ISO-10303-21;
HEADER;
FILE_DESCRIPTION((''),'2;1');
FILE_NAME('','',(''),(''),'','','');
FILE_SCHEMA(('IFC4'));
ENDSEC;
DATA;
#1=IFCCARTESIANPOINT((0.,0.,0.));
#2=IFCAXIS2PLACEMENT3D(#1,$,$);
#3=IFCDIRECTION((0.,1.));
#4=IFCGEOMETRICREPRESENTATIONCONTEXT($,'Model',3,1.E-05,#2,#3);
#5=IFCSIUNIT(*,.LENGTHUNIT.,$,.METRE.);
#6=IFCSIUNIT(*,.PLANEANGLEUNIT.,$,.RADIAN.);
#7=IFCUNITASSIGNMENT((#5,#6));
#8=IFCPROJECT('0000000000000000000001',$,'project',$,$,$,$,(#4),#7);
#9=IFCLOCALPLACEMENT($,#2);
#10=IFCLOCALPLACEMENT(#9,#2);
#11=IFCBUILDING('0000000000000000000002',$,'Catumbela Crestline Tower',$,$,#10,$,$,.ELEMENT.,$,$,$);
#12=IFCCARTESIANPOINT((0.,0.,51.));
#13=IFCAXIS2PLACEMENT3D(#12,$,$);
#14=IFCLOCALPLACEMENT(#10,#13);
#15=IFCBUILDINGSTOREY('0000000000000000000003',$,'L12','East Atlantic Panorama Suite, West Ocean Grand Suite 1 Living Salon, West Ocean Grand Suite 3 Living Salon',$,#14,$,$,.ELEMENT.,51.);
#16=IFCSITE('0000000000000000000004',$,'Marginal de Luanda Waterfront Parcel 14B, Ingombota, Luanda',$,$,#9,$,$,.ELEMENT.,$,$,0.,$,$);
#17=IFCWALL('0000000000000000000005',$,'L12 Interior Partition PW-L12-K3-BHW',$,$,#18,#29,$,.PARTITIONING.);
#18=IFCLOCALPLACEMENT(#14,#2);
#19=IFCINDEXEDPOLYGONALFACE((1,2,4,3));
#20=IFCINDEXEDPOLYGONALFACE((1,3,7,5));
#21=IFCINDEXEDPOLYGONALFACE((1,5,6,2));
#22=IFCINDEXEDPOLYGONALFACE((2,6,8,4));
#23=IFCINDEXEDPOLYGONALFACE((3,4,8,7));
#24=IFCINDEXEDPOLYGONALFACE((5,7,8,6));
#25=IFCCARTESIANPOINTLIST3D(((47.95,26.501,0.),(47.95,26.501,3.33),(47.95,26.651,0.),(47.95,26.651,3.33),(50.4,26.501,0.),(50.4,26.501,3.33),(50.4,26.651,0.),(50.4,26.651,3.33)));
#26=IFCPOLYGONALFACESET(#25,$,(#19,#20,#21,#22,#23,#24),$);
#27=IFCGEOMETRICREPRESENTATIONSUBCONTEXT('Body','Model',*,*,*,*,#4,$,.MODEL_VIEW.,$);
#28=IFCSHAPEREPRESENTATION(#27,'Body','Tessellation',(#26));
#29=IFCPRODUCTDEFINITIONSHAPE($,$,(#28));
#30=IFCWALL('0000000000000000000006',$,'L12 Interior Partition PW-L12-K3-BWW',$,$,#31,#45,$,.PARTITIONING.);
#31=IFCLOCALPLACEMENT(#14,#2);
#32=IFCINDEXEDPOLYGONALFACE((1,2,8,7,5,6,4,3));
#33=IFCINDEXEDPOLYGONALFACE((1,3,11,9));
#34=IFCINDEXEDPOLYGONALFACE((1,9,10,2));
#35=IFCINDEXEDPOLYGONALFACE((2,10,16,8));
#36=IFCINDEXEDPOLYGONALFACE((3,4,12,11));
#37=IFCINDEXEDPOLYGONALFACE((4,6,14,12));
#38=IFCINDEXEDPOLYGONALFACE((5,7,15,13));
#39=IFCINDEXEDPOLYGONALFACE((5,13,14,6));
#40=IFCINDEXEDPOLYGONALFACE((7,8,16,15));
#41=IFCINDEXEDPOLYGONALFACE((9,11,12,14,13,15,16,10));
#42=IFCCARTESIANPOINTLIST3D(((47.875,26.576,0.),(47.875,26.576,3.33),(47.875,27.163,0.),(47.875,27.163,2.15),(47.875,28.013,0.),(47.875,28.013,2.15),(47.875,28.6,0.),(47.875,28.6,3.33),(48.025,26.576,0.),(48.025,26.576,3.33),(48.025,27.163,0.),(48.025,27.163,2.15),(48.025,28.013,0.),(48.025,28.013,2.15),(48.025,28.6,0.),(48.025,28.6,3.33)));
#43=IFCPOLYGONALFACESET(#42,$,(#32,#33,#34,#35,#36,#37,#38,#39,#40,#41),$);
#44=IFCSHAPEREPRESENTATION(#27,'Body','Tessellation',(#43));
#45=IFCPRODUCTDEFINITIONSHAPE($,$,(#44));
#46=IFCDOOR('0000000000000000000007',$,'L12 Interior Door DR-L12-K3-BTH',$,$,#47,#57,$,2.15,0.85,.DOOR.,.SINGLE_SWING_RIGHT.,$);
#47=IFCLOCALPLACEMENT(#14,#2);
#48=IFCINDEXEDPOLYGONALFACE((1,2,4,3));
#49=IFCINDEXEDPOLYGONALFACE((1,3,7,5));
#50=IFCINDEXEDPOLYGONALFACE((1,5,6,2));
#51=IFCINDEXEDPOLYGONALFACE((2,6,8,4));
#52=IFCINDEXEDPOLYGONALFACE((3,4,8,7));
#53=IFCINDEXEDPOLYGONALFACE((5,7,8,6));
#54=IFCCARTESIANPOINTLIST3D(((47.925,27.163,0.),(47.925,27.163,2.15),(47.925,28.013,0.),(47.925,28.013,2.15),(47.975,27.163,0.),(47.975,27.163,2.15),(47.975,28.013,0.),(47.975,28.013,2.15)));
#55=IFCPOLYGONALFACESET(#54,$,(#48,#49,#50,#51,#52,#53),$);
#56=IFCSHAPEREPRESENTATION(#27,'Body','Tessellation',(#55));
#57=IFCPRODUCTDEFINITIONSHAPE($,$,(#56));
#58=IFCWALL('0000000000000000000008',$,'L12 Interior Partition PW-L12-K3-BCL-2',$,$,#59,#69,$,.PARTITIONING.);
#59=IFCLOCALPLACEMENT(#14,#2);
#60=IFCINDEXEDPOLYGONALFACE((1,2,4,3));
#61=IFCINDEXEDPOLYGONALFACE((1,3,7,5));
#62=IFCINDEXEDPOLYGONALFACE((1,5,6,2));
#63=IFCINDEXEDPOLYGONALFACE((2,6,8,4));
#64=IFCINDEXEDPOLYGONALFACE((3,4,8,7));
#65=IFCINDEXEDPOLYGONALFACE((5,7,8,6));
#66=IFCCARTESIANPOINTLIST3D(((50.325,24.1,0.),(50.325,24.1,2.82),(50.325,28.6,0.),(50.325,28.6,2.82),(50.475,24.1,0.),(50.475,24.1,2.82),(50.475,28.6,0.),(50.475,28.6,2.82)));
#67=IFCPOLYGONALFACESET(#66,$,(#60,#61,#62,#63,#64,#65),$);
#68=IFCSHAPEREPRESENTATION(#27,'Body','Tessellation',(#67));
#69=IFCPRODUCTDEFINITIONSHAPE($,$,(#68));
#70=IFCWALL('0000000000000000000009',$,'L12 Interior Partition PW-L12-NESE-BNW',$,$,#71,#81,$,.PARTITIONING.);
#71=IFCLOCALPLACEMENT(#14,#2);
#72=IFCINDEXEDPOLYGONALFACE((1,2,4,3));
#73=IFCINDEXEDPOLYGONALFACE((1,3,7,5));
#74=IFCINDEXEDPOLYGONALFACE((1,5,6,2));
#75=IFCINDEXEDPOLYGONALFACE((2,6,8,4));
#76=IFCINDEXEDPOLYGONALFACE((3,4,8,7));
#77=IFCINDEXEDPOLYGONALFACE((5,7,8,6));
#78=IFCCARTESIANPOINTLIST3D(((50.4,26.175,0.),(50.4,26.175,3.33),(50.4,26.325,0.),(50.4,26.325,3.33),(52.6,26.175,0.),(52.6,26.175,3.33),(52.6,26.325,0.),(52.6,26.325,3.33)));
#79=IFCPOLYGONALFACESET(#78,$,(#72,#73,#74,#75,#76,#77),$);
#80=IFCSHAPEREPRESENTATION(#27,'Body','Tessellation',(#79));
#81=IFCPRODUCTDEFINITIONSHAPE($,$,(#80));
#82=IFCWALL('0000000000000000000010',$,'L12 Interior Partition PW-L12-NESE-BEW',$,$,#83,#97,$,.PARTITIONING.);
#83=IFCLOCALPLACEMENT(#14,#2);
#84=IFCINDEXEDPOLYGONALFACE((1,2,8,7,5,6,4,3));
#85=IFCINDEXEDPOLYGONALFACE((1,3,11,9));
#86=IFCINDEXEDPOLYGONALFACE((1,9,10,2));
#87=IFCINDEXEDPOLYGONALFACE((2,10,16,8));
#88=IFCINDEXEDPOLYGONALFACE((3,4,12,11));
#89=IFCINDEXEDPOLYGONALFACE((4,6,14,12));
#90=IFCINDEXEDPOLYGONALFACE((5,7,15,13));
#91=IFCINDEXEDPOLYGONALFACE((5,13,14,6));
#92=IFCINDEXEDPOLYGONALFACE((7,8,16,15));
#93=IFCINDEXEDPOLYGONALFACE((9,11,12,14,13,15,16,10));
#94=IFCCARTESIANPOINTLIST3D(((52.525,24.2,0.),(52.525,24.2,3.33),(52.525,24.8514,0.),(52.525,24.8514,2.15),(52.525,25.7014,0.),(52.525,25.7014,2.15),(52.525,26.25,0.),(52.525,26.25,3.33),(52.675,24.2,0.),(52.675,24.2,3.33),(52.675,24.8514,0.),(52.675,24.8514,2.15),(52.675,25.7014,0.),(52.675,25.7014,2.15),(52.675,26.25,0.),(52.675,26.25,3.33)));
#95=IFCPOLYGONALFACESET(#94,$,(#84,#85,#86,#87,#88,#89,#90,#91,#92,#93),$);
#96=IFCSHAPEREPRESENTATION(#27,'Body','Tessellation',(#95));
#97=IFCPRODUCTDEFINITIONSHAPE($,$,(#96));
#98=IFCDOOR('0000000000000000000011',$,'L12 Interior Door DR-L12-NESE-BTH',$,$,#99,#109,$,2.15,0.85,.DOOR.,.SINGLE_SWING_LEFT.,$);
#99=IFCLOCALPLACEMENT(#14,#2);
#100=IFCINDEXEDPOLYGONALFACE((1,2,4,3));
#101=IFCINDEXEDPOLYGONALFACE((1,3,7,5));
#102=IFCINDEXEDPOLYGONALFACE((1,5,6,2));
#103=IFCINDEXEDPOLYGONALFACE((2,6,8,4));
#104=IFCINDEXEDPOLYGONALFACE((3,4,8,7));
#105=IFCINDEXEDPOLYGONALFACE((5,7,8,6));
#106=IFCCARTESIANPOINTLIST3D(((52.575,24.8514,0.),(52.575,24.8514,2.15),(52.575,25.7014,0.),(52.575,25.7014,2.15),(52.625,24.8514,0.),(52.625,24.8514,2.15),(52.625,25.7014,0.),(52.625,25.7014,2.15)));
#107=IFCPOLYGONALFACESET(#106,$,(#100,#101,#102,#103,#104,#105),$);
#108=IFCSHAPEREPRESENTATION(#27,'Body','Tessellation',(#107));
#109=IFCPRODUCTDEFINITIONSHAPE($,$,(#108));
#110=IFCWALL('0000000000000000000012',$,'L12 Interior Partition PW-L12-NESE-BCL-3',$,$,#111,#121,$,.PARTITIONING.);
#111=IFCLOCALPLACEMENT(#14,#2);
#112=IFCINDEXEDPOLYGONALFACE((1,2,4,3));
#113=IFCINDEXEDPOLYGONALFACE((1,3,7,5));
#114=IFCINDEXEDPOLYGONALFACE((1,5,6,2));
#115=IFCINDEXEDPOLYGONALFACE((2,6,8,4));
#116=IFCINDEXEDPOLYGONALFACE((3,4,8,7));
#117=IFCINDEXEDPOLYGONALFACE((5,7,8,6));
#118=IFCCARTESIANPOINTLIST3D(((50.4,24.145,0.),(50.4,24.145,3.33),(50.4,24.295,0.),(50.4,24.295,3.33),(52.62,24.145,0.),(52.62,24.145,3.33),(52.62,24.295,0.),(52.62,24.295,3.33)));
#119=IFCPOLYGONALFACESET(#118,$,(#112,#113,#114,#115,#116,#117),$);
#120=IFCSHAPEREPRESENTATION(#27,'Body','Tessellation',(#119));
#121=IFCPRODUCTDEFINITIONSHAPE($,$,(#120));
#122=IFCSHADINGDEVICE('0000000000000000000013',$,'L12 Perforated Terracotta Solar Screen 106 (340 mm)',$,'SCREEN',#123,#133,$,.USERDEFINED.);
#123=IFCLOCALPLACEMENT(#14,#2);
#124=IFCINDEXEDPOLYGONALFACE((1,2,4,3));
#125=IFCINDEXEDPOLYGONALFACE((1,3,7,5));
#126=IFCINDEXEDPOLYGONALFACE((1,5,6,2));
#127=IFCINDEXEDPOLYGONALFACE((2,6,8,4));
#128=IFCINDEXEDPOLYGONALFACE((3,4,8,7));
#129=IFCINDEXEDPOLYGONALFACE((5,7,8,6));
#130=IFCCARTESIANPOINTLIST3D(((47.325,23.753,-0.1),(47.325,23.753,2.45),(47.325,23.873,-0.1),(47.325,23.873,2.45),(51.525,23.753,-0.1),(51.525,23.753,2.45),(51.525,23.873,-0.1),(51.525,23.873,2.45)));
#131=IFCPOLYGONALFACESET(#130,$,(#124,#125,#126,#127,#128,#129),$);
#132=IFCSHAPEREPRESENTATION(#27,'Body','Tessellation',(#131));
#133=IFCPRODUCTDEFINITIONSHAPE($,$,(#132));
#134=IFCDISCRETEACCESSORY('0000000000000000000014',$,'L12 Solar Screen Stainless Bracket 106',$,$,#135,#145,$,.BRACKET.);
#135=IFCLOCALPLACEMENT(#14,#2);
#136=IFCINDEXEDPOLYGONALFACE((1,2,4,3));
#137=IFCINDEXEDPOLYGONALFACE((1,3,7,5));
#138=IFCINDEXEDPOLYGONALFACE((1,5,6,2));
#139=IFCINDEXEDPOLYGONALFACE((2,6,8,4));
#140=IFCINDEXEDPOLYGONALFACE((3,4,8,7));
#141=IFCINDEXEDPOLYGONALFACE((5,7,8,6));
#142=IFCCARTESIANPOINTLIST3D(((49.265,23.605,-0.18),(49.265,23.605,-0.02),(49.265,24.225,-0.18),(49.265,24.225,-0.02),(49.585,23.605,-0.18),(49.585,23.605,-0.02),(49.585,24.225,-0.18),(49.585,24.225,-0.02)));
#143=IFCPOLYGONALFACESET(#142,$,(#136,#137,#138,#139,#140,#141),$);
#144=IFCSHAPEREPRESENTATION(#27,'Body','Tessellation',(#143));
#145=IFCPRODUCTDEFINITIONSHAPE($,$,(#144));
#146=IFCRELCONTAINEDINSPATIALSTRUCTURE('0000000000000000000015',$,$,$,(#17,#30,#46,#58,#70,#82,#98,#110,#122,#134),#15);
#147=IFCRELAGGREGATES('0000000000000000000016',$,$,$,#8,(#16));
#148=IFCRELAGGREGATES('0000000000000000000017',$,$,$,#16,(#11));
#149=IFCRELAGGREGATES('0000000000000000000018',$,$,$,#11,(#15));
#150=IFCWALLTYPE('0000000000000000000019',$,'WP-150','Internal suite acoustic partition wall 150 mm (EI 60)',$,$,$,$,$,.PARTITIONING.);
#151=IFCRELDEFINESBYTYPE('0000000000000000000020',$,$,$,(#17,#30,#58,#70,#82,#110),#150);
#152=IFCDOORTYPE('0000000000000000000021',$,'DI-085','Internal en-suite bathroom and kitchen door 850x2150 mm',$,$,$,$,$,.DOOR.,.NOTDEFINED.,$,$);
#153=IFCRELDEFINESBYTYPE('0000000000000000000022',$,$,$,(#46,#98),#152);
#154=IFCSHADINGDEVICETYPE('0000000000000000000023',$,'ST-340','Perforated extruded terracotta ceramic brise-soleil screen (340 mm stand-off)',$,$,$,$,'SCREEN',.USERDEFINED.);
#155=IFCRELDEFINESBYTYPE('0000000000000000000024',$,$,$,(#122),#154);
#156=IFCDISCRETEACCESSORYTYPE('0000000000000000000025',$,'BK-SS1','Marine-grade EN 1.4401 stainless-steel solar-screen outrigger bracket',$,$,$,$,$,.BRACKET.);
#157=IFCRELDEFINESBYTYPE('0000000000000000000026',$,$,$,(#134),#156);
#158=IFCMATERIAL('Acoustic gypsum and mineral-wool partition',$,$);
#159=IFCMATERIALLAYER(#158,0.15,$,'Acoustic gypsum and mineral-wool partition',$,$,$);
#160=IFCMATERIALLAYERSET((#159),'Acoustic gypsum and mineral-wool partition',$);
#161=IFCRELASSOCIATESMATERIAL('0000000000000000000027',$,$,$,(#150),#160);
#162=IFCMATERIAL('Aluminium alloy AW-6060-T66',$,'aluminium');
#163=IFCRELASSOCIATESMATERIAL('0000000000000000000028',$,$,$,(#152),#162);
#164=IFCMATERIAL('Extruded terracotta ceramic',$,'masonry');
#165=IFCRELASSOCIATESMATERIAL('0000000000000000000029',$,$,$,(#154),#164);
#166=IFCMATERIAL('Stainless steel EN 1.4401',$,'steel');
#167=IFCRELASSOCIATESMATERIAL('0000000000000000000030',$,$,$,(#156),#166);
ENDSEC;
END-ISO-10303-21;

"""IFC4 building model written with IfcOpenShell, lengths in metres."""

from ifc_helpers import new_model, si_unit, direction, frame, frame_2d, origin, origin_2d, place, context, subcontext, project, spatial, rectangle, extrude, material, layer, layer_set, type_object, element, fill, save


model = new_model("IFC4")

# Units and contexts
model_context = context("Model", 3, precision=1e-05, world=origin(), true_north=direction((0.0, 1.0)))
body_context = subcontext(model_context, "Body", "Model", "MODEL_VIEW")
ifc_project = project(units=[si_unit("LENGTHUNIT", "METRE"), si_unit("PLANEANGLEUNIT", "RADIAN")], contexts=[model_context])

# Site, building, storey
site_placement = place(None, origin())
site = spatial("IfcSite", under=ifc_project, at=site_placement, Name="Marginal de Luanda Waterfront Parcel 14B, Ingombota, Luanda", CompositionType="ELEMENT", RefElevation=0.0)
building_placement = place(site_placement, origin())
building = spatial("IfcBuilding", under=site, at=building_placement, Name="Catumbela Crestline Tower", CompositionType="ELEMENT")
storey_placement = place(building_placement, frame((0.0, 0.0, 51.0)))
storey = spatial("IfcBuildingStorey", under=building, at=storey_placement, Name="L12", Description="East Atlantic Panorama Suite, West Ocean Grand Suite 1 Living Salon, West Ocean Grand Suite 3 Living Salon", CompositionType="ELEMENT", Elevation=51.0)

# Shared definitions
ifc_material_1 = material(Name="Aluminium alloy AW-6060-T66", Category="aluminium")

# Shared definitions
ifc_material_2 = material(Name="Acoustic gypsum and mineral-wool partition")

# Wall
ifc_layer_1 = layer(ifc_material_2, 0.15, Name="Acoustic gypsum and mineral-wool partition")
ifc_layer_set_1 = layer_set([ifc_layer_1], Name="Acoustic gypsum and mineral-wool partition")
wall_type_1 = type_object("IfcWallType", Name="WP-150", Description="Internal suite acoustic partition wall 150 mm (EI 60)", PredefinedType="PARTITIONING", material=ifc_layer_set_1)
wall_1_placement = place(storey_placement, frame((47.95, 26.576, 0.0), z_axis=(0.0, 0.0, 1.0), x_axis=(1.0, 0.0, 0.0)))
element("IfcWall", 1, at=wall_1_placement, inside=storey, type_object=wall_type_1, Name="L12 Interior Partition PW-L12-K3-BHW", PredefinedType="PARTITIONING", context=body_context, shape_type="SweptSolid", body=[
    extrude(rectangle(XDim=2.45, YDim=0.15, at=frame_2d((1.225, 0.0))), origin(), (0.0, 0.0, 1.0), 3.33),
])

# Wall, opening, door
wall_2_placement = place(storey_placement, frame((47.95, 26.576, 0.0), z_axis=(0.0, 0.0, 1.0), x_axis=(0.0, 1.0, 0.0)))
wall_2 = element("IfcWall", 2, at=wall_2_placement, inside=storey, type_object=wall_type_1, Name="L12 Interior Partition PW-L12-K3-BWW", PredefinedType="PARTITIONING", context=body_context, shape_type="SweptSolid", body=[
    extrude(rectangle(XDim=2.024, YDim=0.15, at=frame_2d((1.012, 0.0))), origin(), (0.0, 0.0, 1.0), 3.33),
])
opening_1_placement = place(wall_2_placement, frame((0.587, 0.0, 0.0)))
opening_1 = element("IfcOpeningElement", 3, at=opening_1_placement, cuts=wall_2, PredefinedType="OPENING", context=body_context, shape_type="SweptSolid", body=[
    extrude(rectangle(XDim=0.85, YDim=2.15, at=frame_2d((0.425, 1.075))), frame((0.0, 0.085, 0.0), z_axis=(0.0, -1.0, 0.0), x_axis=(1.0, 0.0, 0.0)), (0.0, 0.0, 1.0), 0.17),
])
door_type_1 = type_object("IfcDoorType", Name="DI-085", Description="Internal en-suite bathroom and kitchen door 850x2150 mm", OperationType="NOTDEFINED", PredefinedType="DOOR", material=ifc_material_1)
door_1_placement = place(opening_1_placement, origin())
door_1 = element("IfcDoor", 4, at=door_1_placement, inside=storey, type_object=door_type_1, Name="L12 Interior Door DR-L12-K3-BTH", OperationType="SINGLE_SWING_RIGHT", OverallHeight=2.15, OverallWidth=0.85, PredefinedType="DOOR", context=body_context, shape_type="SweptSolid", body=[
    extrude(rectangle(XDim=0.85, YDim=2.15, at=frame_2d((0.425, 1.075))), frame((0.0, 0.025, 0.0), z_axis=(0.0, -1.0, 0.0), x_axis=(1.0, 0.0, 0.0)), (0.0, 0.0, 1.0), 0.05),
])
fill(opening_1, door_1)

# Walls
wall_3_placement = place(storey_placement, frame((50.4, 28.6, 0.0), z_axis=(0.0, 0.0, 1.0), x_axis=(0.0, -1.0, 0.0)))
element("IfcWall", 5, at=wall_3_placement, inside=storey, type_object=wall_type_1, Name="L12 Interior Partition PW-L12-K3-BCL-2", PredefinedType="PARTITIONING", context=body_context, shape_type="SweptSolid", body=[
    extrude(rectangle(XDim=4.5, YDim=0.15, at=frame_2d((2.25, 0.0))), origin(), (0.0, 0.0, 1.0), 2.82),
])
wall_4_placement = place(storey_placement, frame((50.4, 26.25, 0.0), z_axis=(0.0, 0.0, 1.0), x_axis=(1.0, 0.0, 0.0)))
element("IfcWall", 6, at=wall_4_placement, inside=storey, type_object=wall_type_1, Name="L12 Interior Partition PW-L12-NESE-BNW", PredefinedType="PARTITIONING", context=body_context, shape_type="SweptSolid", body=[
    extrude(rectangle(XDim=2.2, YDim=0.15, at=frame_2d((1.1, 0.0))), origin(), (0.0, 0.0, 1.0), 3.33),
])

# Wall, opening, door
wall_5_placement = place(storey_placement, frame((52.6, 24.2, 0.0), z_axis=(0.0, 0.0, 1.0), x_axis=(0.0, 1.0, 0.0)))
wall_5 = element("IfcWall", 7, at=wall_5_placement, inside=storey, type_object=wall_type_1, Name="L12 Interior Partition PW-L12-NESE-BEW", PredefinedType="PARTITIONING", context=body_context, shape_type="SweptSolid", body=[
    extrude(rectangle(XDim=2.05, YDim=0.15, at=frame_2d((1.025, 0.0))), origin(), (0.0, 0.0, 1.0), 3.33),
])
opening_2_placement = place(wall_5_placement, frame((0.6514, 0.0, 0.0)))
opening_2 = element("IfcOpeningElement", 8, at=opening_2_placement, cuts=wall_5, PredefinedType="OPENING", context=body_context, shape_type="SweptSolid", body=[
    extrude(rectangle(XDim=0.85, YDim=2.15, at=frame_2d((0.425, 1.075))), frame((0.0, 0.085, 0.0), z_axis=(0.0, -1.0, 0.0), x_axis=(1.0, 0.0, 0.0)), (0.0, 0.0, 1.0), 0.17),
])
door_2_placement = place(opening_2_placement, origin())
door_2 = element("IfcDoor", 9, at=door_2_placement, inside=storey, type_object=door_type_1, Name="L12 Interior Door DR-L12-NESE-BTH", OperationType="SINGLE_SWING_LEFT", OverallHeight=2.15, OverallWidth=0.85, PredefinedType="DOOR", context=body_context, shape_type="SweptSolid", body=[
    extrude(rectangle(XDim=0.85, YDim=2.15, at=frame_2d((0.425, 1.075))), frame((0.0, 0.025, 0.0), z_axis=(0.0, -1.0, 0.0), x_axis=(1.0, 0.0, 0.0)), (0.0, 0.0, 1.0), 0.05),
])
fill(opening_2, door_2)

# Wall
wall_6_placement = place(storey_placement, frame((52.62, 24.22, 0.0), z_axis=(0.0, 0.0, 1.0), x_axis=(-1.0, 0.0, 0.0)))
element("IfcWall", 10, at=wall_6_placement, inside=storey, type_object=wall_type_1, Name="L12 Interior Partition PW-L12-NESE-BCL-3", PredefinedType="PARTITIONING", context=body_context, shape_type="SweptSolid", body=[
    extrude(rectangle(XDim=2.22, YDim=0.15, at=frame_2d((1.11, 0.0))), origin(), (0.0, 0.0, 1.0), 3.33),
])

# Shading device
ifc_material_3 = material(Name="Extruded terracotta ceramic", Category="masonry")
shading_device_type = type_object("IfcShadingDeviceType", Name="ST-340", Description="Perforated extruded terracotta ceramic brise-soleil screen (340 mm stand-off)", ElementType="SCREEN", PredefinedType="USERDEFINED", material=ifc_material_3)
shading_device_placement = place(storey_placement, frame((49.425, 23.813, -0.1), z_axis=(0.0, 0.0, 1.0), x_axis=(1.0, 0.0, 0.0)))
element("IfcShadingDevice", 11, at=shading_device_placement, inside=storey, type_object=shading_device_type, Name="L12 Perforated Terracotta Solar Screen 106 (340 mm)", ObjectType="SCREEN", PredefinedType="USERDEFINED", context=body_context, shape_type="SweptSolid", body=[
    extrude(rectangle(XDim=4.2, YDim=0.12, at=origin_2d()), origin(), (0.0, 0.0, 1.0), 2.55),
])

# Discrete accessory
ifc_material_4 = material(Name="Stainless steel EN 1.4401", Category="steel")
discrete_accessory_type = type_object("IfcDiscreteAccessoryType", Name="BK-SS1", Description="Marine-grade EN 1.4401 stainless-steel solar-screen outrigger bracket", PredefinedType="BRACKET", material=ifc_material_4)
discrete_accessory_placement = place(storey_placement, frame((49.425, 23.915, -0.18), z_axis=(0.0, 0.0, 1.0), x_axis=(1.0, 0.0, 0.0)))
element("IfcDiscreteAccessory", 12, at=discrete_accessory_placement, inside=storey, type_object=discrete_accessory_type, Name="L12 Solar Screen Stainless Bracket 106", PredefinedType="BRACKET", context=body_context, shape_type="SweptSolid", body=[
    extrude(rectangle(XDim=0.32, YDim=0.62, at=origin_2d()), origin(), (0.0, 0.0, 1.0), 0.16),
])

save(model, "model.ifc")
